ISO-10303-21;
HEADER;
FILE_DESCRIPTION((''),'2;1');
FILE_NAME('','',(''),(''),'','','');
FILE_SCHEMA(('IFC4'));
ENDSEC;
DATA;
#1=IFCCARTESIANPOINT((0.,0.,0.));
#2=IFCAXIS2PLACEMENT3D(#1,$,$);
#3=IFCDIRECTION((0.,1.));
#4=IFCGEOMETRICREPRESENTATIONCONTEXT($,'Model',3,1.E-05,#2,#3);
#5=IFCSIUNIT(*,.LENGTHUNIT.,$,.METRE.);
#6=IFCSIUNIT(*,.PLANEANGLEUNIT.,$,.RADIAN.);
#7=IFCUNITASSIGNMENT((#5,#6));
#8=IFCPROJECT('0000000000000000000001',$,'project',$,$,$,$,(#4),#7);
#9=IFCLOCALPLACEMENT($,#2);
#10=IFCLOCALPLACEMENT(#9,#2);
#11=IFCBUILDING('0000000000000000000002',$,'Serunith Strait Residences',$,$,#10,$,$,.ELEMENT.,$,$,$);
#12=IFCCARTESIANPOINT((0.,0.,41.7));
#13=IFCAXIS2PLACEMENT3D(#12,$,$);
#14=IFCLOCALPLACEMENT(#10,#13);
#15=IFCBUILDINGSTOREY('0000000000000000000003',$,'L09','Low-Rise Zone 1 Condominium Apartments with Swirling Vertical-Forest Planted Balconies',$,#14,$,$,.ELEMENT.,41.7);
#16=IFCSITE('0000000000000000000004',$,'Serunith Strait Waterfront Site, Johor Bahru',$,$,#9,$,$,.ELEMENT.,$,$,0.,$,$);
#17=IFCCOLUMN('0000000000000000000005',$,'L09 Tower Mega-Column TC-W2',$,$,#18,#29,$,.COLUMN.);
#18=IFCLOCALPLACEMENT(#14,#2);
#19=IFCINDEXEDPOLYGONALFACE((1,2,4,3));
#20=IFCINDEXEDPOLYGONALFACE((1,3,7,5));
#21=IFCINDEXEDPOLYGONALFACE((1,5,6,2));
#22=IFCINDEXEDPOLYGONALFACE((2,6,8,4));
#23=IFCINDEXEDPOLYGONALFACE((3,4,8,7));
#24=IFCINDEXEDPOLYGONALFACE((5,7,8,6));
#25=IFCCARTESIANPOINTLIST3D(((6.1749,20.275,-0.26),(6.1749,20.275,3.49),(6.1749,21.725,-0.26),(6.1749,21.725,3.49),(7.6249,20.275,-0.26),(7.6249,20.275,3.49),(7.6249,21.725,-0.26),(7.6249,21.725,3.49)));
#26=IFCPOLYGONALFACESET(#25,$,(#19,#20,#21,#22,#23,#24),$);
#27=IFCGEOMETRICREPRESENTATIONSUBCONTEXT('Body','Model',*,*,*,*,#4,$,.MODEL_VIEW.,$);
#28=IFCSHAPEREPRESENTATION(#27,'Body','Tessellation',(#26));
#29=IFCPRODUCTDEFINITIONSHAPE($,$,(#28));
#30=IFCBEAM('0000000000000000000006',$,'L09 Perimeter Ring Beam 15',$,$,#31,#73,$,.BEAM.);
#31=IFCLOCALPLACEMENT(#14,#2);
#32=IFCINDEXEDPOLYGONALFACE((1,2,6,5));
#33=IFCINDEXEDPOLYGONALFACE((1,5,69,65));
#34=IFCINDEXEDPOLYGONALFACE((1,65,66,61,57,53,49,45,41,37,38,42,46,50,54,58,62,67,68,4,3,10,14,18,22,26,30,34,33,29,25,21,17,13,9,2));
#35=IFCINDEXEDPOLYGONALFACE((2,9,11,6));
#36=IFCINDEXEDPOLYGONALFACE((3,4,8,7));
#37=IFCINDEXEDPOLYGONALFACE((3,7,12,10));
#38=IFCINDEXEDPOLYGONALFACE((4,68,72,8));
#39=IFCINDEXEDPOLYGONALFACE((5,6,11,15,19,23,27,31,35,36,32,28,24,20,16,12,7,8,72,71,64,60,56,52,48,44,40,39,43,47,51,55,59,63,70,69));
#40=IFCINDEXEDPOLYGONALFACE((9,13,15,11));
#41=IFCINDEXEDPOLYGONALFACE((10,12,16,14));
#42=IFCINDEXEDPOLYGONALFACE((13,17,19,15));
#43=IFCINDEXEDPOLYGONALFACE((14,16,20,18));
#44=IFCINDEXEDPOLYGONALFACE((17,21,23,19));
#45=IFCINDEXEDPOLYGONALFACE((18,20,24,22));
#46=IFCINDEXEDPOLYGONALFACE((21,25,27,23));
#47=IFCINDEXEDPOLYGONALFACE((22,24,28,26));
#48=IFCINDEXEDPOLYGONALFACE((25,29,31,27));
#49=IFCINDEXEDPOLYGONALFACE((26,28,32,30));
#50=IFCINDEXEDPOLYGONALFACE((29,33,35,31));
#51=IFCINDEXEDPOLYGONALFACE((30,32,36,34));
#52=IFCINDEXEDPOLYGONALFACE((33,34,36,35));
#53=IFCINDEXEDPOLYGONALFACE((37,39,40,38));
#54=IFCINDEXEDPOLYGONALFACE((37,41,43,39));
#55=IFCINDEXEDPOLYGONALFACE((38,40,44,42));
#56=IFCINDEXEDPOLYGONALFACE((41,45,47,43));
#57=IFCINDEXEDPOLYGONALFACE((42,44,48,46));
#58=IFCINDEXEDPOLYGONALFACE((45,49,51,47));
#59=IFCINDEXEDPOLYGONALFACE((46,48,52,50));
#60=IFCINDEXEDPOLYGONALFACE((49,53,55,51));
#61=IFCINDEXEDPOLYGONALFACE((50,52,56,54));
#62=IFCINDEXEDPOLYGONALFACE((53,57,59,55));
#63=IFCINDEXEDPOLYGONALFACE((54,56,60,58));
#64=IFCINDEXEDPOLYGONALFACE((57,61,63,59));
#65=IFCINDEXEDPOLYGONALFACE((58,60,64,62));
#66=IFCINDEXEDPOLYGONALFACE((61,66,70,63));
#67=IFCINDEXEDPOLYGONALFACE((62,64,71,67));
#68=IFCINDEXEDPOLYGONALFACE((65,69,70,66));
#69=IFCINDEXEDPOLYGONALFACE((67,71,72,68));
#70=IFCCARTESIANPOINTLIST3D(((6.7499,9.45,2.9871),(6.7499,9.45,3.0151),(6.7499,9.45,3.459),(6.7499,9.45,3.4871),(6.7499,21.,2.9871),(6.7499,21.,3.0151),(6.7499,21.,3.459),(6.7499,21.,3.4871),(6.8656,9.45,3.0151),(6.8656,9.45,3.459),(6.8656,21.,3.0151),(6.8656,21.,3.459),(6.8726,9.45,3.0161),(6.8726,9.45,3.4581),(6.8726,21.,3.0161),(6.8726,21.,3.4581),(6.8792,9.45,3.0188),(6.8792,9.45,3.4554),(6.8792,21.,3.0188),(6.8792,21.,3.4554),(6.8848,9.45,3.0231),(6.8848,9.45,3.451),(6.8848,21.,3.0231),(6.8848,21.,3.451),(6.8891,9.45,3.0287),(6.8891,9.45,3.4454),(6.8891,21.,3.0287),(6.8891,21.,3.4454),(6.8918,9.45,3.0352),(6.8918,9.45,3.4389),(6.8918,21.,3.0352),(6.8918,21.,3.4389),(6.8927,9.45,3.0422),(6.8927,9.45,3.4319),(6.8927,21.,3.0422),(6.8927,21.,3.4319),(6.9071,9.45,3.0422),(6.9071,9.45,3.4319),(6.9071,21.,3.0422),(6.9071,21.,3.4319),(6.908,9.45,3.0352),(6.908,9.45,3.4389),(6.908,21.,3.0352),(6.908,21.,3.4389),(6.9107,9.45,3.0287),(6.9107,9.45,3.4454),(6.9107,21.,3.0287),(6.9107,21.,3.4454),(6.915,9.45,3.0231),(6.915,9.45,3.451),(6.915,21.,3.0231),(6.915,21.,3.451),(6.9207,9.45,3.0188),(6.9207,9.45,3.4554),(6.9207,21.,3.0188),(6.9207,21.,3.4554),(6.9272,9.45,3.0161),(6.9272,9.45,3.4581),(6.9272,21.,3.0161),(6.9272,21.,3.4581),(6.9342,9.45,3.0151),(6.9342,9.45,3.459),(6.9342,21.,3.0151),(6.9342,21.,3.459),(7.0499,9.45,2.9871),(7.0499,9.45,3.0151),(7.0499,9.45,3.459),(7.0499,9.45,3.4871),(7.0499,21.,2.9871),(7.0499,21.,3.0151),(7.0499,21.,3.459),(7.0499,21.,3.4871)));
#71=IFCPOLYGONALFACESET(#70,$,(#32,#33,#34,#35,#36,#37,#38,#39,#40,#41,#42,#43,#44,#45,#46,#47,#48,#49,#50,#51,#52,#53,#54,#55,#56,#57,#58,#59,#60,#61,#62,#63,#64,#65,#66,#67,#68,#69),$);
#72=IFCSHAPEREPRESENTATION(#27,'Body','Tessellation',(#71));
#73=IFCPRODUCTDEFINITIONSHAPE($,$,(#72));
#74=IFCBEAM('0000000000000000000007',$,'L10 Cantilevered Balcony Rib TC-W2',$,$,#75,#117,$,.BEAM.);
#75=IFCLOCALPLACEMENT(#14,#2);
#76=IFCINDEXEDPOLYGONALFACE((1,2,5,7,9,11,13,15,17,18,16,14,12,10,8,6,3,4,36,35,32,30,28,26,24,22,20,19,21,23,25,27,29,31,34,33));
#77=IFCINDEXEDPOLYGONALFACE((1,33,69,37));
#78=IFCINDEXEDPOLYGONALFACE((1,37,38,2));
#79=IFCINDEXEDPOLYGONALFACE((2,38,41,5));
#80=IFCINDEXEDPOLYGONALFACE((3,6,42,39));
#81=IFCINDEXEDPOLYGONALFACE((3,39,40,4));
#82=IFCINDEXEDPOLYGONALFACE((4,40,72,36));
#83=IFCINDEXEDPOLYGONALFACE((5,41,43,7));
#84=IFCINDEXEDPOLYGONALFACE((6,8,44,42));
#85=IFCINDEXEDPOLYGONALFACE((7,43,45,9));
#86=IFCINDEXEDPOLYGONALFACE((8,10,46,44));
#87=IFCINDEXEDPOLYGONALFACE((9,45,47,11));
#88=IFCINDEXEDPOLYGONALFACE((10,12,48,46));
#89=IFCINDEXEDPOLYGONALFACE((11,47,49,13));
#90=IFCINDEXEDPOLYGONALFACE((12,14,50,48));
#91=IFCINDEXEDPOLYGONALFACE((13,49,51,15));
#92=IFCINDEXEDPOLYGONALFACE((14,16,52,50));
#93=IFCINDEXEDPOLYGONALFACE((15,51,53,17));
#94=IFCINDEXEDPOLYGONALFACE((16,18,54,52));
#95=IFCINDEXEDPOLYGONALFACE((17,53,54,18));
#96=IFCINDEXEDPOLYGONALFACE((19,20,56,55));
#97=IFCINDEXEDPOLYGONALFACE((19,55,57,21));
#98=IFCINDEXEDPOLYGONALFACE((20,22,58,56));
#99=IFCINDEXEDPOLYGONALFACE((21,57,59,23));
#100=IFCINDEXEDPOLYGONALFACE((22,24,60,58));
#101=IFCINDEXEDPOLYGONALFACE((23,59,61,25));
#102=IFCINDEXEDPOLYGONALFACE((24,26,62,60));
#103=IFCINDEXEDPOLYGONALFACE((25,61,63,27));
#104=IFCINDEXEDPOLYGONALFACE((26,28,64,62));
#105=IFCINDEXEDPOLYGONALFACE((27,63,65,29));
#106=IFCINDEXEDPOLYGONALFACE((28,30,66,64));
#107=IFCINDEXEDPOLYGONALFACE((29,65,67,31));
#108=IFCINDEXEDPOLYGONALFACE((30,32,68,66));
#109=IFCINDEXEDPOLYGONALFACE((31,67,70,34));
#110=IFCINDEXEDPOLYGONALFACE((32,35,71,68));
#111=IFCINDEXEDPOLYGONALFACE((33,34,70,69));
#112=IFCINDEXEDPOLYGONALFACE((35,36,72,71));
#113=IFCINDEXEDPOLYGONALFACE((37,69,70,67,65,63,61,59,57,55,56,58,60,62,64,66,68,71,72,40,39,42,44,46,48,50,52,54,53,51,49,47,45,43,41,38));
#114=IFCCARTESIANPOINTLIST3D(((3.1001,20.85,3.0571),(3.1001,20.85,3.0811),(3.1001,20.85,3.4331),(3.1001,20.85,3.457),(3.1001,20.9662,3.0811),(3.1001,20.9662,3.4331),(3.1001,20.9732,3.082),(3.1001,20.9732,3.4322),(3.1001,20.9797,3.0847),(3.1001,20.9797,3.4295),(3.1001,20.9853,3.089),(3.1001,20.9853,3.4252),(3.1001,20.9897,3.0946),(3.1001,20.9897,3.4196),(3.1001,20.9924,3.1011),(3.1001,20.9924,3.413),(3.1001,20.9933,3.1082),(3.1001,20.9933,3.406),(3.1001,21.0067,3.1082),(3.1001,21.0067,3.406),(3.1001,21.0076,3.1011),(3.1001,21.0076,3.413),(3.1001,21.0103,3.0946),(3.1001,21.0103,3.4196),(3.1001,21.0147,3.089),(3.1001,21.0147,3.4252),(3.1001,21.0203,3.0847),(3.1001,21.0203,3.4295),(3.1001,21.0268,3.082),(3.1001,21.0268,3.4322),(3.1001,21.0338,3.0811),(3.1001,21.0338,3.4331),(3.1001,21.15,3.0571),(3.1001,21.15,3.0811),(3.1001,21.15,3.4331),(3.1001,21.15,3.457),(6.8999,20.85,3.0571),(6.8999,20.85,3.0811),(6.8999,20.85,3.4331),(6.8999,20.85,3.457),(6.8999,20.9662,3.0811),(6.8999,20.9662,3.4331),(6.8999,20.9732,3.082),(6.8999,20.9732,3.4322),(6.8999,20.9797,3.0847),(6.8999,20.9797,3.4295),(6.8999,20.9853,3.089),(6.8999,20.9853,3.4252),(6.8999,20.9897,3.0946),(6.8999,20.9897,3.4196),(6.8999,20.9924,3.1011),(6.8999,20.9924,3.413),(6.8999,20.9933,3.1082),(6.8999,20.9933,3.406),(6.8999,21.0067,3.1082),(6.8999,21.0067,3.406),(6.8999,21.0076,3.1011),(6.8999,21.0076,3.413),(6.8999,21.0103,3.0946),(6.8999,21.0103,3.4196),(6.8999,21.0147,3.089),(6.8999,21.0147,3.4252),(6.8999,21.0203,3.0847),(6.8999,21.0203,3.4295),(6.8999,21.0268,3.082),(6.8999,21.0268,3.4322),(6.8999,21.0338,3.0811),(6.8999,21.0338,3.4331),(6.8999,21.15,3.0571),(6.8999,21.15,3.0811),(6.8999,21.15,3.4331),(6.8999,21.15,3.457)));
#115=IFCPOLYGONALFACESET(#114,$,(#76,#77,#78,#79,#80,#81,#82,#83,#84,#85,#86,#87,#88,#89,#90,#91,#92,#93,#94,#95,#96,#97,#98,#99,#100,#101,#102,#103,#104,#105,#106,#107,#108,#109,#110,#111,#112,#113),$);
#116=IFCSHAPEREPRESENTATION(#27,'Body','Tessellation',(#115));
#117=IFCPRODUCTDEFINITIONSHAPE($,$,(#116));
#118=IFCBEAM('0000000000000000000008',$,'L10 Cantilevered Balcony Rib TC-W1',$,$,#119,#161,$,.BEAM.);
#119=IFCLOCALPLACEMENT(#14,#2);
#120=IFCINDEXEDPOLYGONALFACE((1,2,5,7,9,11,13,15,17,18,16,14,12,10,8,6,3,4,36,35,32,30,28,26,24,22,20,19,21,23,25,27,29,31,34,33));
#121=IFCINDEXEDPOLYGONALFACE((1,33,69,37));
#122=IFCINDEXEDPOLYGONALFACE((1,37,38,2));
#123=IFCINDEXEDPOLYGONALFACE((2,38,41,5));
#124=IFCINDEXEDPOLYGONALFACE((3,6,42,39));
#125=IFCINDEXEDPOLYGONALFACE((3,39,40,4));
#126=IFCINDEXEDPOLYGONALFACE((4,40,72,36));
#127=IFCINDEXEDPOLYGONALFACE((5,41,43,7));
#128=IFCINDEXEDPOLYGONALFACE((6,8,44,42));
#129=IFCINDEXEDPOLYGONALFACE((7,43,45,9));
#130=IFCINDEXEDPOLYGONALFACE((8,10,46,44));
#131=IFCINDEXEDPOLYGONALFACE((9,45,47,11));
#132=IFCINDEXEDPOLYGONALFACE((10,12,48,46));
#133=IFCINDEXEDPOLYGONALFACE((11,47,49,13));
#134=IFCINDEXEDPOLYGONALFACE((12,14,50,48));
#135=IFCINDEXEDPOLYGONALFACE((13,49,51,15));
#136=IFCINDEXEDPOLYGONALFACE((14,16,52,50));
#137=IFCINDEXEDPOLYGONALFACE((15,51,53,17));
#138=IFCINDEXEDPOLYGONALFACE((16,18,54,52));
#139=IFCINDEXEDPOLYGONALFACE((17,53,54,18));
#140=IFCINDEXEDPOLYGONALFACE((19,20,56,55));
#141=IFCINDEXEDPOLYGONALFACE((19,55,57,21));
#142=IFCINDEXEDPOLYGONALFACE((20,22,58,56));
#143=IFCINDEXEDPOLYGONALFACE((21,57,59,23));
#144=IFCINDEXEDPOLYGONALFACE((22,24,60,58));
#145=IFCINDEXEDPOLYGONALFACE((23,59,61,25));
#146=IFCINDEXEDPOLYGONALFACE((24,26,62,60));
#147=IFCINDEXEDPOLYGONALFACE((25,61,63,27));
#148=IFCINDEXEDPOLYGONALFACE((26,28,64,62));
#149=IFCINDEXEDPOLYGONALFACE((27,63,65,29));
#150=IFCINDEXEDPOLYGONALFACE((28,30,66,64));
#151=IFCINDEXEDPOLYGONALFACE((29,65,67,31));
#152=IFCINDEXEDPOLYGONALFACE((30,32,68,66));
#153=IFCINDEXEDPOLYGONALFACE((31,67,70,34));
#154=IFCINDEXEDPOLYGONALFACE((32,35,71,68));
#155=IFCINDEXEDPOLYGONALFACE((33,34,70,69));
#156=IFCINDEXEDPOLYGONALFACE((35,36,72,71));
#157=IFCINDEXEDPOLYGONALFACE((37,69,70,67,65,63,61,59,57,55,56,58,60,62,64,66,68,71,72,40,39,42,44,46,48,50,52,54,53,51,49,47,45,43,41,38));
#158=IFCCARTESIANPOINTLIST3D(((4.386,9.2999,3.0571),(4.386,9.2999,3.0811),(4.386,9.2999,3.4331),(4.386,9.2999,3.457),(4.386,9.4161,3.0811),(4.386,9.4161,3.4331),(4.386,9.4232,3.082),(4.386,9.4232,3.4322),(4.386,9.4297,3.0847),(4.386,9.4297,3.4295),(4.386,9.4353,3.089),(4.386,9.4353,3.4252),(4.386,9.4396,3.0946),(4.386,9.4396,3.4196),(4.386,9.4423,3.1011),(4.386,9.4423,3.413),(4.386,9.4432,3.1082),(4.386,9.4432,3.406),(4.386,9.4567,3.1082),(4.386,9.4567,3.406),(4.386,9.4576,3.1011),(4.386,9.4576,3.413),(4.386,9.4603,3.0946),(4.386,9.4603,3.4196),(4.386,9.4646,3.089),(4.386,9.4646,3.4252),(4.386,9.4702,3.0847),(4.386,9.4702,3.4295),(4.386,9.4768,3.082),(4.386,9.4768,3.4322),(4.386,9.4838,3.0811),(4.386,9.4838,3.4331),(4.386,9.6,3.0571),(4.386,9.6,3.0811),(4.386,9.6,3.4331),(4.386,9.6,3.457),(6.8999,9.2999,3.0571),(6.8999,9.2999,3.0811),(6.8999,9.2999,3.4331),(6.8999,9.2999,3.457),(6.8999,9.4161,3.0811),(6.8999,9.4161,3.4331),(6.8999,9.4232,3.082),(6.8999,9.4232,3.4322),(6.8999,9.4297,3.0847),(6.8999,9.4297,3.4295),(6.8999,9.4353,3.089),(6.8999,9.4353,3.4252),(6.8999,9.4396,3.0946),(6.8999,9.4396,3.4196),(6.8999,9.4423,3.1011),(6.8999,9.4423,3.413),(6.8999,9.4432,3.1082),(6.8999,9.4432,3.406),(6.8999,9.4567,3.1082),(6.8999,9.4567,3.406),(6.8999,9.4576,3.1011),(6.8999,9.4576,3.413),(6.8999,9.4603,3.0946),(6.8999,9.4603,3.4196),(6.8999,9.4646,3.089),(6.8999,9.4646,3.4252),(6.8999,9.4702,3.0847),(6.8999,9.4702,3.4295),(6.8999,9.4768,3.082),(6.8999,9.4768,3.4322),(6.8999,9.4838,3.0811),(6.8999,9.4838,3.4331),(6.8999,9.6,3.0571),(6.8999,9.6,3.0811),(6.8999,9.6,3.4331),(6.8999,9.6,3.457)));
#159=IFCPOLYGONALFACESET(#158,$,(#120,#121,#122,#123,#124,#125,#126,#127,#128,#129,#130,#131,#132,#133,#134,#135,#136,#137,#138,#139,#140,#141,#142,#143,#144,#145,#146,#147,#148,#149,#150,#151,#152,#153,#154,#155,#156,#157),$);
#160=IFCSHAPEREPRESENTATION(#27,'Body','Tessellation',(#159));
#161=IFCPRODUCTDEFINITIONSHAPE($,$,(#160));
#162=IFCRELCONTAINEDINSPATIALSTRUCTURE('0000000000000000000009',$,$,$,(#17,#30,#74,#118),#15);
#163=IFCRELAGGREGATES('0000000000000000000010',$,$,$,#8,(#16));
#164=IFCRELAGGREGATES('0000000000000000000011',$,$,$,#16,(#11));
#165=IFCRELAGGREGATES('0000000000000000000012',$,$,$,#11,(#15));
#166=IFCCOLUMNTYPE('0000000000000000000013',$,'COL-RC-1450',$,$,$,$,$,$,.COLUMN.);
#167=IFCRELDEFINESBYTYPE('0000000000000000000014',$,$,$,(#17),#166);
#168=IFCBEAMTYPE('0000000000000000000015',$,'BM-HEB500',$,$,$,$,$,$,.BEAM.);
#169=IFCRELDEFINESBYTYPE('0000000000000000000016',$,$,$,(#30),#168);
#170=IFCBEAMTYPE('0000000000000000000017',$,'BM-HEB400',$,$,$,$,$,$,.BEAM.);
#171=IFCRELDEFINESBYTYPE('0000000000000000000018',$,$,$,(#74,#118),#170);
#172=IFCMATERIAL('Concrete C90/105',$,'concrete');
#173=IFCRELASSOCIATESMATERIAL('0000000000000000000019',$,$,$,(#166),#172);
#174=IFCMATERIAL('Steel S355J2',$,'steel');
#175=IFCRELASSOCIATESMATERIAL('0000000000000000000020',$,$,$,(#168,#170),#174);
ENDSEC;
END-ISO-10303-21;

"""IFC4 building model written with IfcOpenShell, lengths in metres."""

from ifc_helpers import new_model, si_unit, direction, frame, origin, origin_2d, place, context, subcontext, project, spatial, rectangle, i_section, extrude, source, transform, mapped, material, material_profile, profile_set, type_object, element, save


model = new_model("IFC4")

# Units and contexts
model_context = context("Model", 3, precision=1e-05, world=origin(), true_north=direction((0.0, 1.0)))
body_context = subcontext(model_context, "Body", "Model", "MODEL_VIEW")
ifc_project = project(units=[si_unit("LENGTHUNIT", "METRE"), si_unit("PLANEANGLEUNIT", "RADIAN")], contexts=[model_context])

# Site, building, storey
site_placement = place(None, origin())
site = spatial("IfcSite", under=ifc_project, at=site_placement, Name="Serunith Strait Waterfront Site, Johor Bahru", CompositionType="ELEMENT", RefElevation=0.0)
building_placement = place(site_placement, origin())
building = spatial("IfcBuilding", under=site, at=building_placement, Name="Serunith Strait Residences", CompositionType="ELEMENT")
storey_placement = place(building_placement, frame((0.0, 0.0, 41.7)))
storey = spatial("IfcBuildingStorey", under=building, at=storey_placement, Name="L09", Description="Low-Rise Zone 1 Condominium Apartments with Swirling Vertical-Forest Planted Balconies", CompositionType="ELEMENT", Elevation=41.7)

# Column
ifc_material_1 = material(Name="Concrete C90/105", Category="concrete")
ifc_material_profile_1 = material_profile(ifc_material_1, rectangle(XDim=1.45, YDim=1.45, at=origin_2d()), Name="RC 1450x1450")
ifc_profile_set_1 = profile_set([ifc_material_profile_1], Name="Concrete C90/105")
column_type = type_object("IfcColumnType", Name="COL-RC-1450", PredefinedType="COLUMN", material=ifc_profile_set_1)
shared_shape_1 = source(origin(), body_context, "Body", "SweptSolid", [
    extrude(rectangle(XDim=1.45, YDim=1.45, at=origin_2d()), origin(), (0.0, 0.0, 1.0), 3.75),
])
column_placement = place(storey_placement, frame((6.8999, 21.0, -0.26), z_axis=(0.0, 0.0, 1.0), x_axis=(1.0, 0.0, 0.0)))
element("IfcColumn", 1, at=column_placement, inside=storey, type_object=column_type, Name="L09 Tower Mega-Column TC-W2", PredefinedType="COLUMN", context=body_context, shape_type="MappedRepresentation", body=[
    mapped(shared_shape_1, transform((0.0, 0.0, 0.0), scale=1.0)),
])

# Beams
ifc_material_2 = material(Name="Steel S355J2", Category="steel")
ifc_material_profile_2 = material_profile(ifc_material_2, i_section(OverallWidth=0.3, OverallDepth=0.5, WebThickness=0.0144, FlangeThickness=0.0281, FilletRadius=0.0271, at=origin_2d()), Name="HEB 500")
ifc_profile_set_2 = profile_set([ifc_material_profile_2], Name="Steel S355J2")
beam_type_1 = type_object("IfcBeamType", Name="BM-HEB500", PredefinedType="BEAM", material=ifc_profile_set_2)
shared_shape_2 = source(origin(), body_context, "Body", "SweptSolid", [
    extrude(i_section(OverallWidth=0.3, OverallDepth=0.5, WebThickness=0.0144, FlangeThickness=0.0281, FilletRadius=0.0271, at=origin_2d()), origin(), (0.0, 0.0, 1.0), 11.55),
])
beam_1_placement = place(storey_placement, frame((6.8999, 21.0, 3.2371), z_axis=(0.0, -1.0, 0.0), x_axis=(1.0, 0.0, 0.0)))
element("IfcBeam", 2, at=beam_1_placement, inside=storey, type_object=beam_type_1, Name="L09 Perimeter Ring Beam 15", PredefinedType="BEAM", context=body_context, shape_type="MappedRepresentation", body=[
    mapped(shared_shape_2, transform((0.0, 0.0, 0.0), scale=1.0)),
])
ifc_material_profile_3 = material_profile(ifc_material_2, i_section(OverallWidth=0.3, OverallDepth=0.3999, WebThickness=0.0134, FlangeThickness=0.0239, FilletRadius=0.0271, at=origin_2d()), Name="HEB 400")
ifc_profile_set_3 = profile_set([ifc_material_profile_3], Name="Steel S355J2")
beam_type_2 = type_object("IfcBeamType", Name="BM-HEB400", PredefinedType="BEAM", material=ifc_profile_set_3)
shared_shape_3 = source(origin(), body_context, "Body", "SweptSolid", [
    extrude(i_section(OverallWidth=0.3, OverallDepth=0.3999, WebThickness=0.0134, FlangeThickness=0.0239, FilletRadius=0.0271, at=origin_2d()), origin(), (0.0, 0.0, 1.0), 3.7998),
])
beam_2_placement = place(storey_placement, frame((6.8999, 21.0, 3.2571), z_axis=(-1.0, 0.0, 0.0), x_axis=(0.0, -1.0, 0.0)))
element("IfcBeam", 3, at=beam_2_placement, inside=storey, type_object=beam_type_2, Name="L10 Cantilevered Balcony Rib TC-W2", PredefinedType="BEAM", context=body_context, shape_type="MappedRepresentation", body=[
    mapped(shared_shape_3, transform((0.0, 0.0, 0.0), scale=1.0)),
])
shared_shape_4 = source(origin(), body_context, "Body", "SweptSolid", [
    extrude(i_section(OverallWidth=0.3, OverallDepth=0.3999, WebThickness=0.0134, FlangeThickness=0.0239, FilletRadius=0.0271, at=origin_2d()), origin(), (0.0, 0.0, 1.0), 2.5139),
])
beam_3_placement = place(storey_placement, frame((6.8999, 9.45, 3.2571), z_axis=(-1.0, 0.0, 0.0), x_axis=(0.0, -1.0, 0.0)))
element("IfcBeam", 4, at=beam_3_placement, inside=storey, type_object=beam_type_2, Name="L10 Cantilevered Balcony Rib TC-W1", PredefinedType="BEAM", context=body_context, shape_type="MappedRepresentation", body=[
    mapped(shared_shape_4, transform((0.0, 0.0, 0.0), scale=1.0)),
])

save(model, "model.ifc")
